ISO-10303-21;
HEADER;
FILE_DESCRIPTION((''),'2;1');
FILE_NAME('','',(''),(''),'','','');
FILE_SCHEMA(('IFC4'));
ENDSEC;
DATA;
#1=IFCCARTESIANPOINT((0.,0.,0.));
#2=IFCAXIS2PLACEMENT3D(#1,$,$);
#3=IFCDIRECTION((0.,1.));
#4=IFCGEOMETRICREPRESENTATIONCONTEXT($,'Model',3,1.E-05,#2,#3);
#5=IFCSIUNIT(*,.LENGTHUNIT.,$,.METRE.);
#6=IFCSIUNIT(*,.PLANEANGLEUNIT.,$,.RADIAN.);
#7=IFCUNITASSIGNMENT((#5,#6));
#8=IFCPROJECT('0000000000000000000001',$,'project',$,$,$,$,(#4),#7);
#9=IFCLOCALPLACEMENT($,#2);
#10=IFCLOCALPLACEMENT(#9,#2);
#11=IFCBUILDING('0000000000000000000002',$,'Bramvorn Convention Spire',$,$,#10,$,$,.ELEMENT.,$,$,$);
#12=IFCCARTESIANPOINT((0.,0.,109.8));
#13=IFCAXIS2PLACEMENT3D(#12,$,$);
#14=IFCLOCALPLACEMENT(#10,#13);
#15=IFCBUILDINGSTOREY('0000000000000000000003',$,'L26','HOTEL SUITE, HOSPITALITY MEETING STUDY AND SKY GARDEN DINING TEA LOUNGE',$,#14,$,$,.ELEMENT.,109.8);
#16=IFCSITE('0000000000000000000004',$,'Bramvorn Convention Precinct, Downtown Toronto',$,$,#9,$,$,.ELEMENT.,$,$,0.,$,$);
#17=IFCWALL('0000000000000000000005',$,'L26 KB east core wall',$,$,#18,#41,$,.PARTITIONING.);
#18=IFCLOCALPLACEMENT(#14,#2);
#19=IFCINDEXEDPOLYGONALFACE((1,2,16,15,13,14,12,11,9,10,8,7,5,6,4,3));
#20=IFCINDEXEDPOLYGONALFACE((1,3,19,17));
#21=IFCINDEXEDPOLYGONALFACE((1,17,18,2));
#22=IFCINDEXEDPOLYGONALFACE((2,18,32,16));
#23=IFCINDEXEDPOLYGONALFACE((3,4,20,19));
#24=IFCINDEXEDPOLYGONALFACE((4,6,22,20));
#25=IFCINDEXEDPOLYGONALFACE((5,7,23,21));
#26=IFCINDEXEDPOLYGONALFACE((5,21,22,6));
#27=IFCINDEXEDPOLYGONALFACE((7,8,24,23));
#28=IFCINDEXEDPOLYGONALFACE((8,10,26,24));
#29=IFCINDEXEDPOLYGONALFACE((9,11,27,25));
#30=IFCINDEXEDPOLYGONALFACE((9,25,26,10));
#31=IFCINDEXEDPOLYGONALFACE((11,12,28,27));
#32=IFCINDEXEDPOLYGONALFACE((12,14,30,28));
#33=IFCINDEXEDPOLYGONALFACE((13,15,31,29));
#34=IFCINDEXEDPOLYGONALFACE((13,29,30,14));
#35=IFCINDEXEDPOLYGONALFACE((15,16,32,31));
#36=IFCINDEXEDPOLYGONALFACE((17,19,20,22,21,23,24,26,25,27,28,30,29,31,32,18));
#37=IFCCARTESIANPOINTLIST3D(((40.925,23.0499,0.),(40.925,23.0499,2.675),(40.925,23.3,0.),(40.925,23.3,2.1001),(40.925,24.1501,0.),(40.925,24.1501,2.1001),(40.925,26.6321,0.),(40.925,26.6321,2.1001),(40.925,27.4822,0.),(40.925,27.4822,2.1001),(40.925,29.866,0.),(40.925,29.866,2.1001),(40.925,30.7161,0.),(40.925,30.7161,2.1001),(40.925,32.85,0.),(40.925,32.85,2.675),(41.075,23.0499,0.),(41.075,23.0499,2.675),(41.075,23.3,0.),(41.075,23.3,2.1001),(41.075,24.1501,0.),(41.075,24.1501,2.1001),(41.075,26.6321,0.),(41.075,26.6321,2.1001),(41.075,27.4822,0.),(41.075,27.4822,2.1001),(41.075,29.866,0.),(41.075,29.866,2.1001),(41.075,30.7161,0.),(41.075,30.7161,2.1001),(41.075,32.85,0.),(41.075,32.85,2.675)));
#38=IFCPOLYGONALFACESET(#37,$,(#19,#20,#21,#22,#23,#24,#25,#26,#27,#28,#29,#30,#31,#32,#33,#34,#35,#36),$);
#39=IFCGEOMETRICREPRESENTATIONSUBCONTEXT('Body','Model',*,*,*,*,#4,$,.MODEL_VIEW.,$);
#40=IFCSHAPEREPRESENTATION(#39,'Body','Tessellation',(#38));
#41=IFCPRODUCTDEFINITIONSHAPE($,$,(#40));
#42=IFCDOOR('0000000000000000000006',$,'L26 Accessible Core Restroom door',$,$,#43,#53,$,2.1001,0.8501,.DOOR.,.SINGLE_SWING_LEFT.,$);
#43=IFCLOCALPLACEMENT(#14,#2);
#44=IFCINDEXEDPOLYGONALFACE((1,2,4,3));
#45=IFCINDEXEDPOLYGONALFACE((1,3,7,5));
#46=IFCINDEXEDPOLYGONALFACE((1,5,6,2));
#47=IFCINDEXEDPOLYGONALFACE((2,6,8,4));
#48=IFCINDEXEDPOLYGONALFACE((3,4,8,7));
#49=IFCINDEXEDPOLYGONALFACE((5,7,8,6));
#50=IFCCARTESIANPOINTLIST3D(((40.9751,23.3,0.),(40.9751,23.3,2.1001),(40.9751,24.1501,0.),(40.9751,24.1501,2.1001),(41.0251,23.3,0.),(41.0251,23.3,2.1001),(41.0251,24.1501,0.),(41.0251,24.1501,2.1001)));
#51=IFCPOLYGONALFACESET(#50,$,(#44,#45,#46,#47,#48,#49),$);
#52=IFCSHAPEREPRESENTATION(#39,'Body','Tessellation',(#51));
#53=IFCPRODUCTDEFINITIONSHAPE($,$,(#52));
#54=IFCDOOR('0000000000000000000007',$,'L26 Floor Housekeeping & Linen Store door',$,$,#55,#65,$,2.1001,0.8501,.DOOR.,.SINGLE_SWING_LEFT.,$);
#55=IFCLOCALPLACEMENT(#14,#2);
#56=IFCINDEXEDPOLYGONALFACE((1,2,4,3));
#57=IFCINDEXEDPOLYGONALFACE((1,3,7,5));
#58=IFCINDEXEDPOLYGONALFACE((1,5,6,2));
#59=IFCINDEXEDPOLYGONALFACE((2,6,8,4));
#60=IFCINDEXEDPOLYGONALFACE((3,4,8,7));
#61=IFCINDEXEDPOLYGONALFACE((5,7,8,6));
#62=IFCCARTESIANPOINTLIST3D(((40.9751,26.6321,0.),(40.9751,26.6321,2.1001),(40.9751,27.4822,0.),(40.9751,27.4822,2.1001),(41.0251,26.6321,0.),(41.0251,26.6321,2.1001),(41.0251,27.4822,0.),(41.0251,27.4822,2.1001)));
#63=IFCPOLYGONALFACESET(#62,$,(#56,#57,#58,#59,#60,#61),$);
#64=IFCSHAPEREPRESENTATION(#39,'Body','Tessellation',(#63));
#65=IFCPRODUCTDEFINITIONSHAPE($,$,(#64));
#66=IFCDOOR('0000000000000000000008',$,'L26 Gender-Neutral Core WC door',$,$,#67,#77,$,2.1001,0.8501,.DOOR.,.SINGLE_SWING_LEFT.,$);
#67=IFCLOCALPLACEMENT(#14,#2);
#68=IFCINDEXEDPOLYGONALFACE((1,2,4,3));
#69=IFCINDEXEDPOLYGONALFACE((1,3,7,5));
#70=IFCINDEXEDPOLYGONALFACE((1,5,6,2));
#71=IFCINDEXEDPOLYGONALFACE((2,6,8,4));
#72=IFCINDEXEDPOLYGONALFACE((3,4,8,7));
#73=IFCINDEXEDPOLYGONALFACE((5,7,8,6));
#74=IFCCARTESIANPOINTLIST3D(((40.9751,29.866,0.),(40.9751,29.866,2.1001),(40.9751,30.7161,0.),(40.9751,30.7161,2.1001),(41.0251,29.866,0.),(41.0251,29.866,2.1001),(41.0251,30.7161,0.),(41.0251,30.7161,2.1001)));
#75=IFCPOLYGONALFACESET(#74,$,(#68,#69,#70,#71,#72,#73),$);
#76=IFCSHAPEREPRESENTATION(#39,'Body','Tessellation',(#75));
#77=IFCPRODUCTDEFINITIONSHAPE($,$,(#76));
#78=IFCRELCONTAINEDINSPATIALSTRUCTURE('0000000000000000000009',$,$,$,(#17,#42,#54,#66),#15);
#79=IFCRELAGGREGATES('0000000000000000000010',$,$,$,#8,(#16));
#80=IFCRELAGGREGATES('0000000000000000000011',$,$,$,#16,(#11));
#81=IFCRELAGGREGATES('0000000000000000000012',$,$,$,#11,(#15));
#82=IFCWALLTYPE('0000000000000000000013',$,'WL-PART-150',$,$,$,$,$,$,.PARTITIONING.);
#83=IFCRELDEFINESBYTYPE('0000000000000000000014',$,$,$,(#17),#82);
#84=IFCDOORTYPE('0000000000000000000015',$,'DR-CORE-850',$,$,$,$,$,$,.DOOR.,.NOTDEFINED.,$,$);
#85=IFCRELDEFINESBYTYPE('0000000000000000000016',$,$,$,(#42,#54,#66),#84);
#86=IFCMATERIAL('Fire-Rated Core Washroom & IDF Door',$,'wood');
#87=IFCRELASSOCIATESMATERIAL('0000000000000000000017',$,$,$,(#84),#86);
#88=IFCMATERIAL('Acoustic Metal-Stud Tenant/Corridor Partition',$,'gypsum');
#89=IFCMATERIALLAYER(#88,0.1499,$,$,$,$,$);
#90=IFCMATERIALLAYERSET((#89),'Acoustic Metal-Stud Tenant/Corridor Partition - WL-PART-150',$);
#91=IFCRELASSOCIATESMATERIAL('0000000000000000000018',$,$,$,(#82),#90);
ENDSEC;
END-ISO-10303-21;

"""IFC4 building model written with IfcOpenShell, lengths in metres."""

from ifc_helpers import new_model, si_unit, direction, frame, frame_2d, origin, place, context, subcontext, project, spatial, rectangle, extrude, material, layer, layer_set, type_object, element, fill, save


model = new_model("IFC4")

# Units and contexts
model_context = context("Model", 3, precision=1e-05, world=origin(), true_north=direction((0.0, 1.0)))
body_context = subcontext(model_context, "Body", "Model", "MODEL_VIEW")
ifc_project = project(units=[si_unit("LENGTHUNIT", "METRE"), si_unit("PLANEANGLEUNIT", "RADIAN")], contexts=[model_context])

# Site, building, storey
site_placement = place(None, origin())
site = spatial("IfcSite", under=ifc_project, at=site_placement, Name="Bramvorn Convention Precinct, Downtown Toronto", CompositionType="ELEMENT", RefElevation=0.0)
building_placement = place(site_placement, origin())
building = spatial("IfcBuilding", under=site, at=building_placement, Name="Bramvorn Convention Spire", CompositionType="ELEMENT")
storey_placement = place(building_placement, frame((0.0, 0.0, 109.8)))
storey = spatial("IfcBuildingStorey", under=building, at=storey_placement, Name="L26", Description="HOTEL SUITE, HOSPITALITY MEETING STUDY AND SKY GARDEN DINING TEA LOUNGE", CompositionType="ELEMENT", Elevation=109.8)

# Shared definitions
ifc_material_1 = material(Name="Fire-Rated Core Washroom & IDF Door", Category="wood")
door_type_1 = type_object("IfcDoorType", Name="DR-CORE-850", OperationType="NOTDEFINED", PredefinedType="DOOR", material=ifc_material_1)

# Wall, openings, doors
ifc_material_2 = material(Name="Acoustic Metal-Stud Tenant/Corridor Partition", Category="gypsum")
ifc_layer_1 = layer(ifc_material_2, 0.1499)
ifc_layer_set_1 = layer_set([ifc_layer_1], Name="Acoustic Metal-Stud Tenant/Corridor Partition - WL-PART-150")
wall_type_1 = type_object("IfcWallType", Name="WL-PART-150", PredefinedType="PARTITIONING", material=ifc_layer_set_1)
wall_1_placement = place(storey_placement, frame((41.0, 23.05, 0.0), z_axis=(0.0, 0.0, 1.0), x_axis=(0.0, 1.0, 0.0)))
wall_1 = element("IfcWall", 1, at=wall_1_placement, inside=storey, type_object=wall_type_1, Name="L26 KB east core wall", PredefinedType="PARTITIONING", context=body_context, shape_type="SweptSolid", body=[
    extrude(rectangle(XDim=9.8, YDim=0.1499, at=frame_2d((4.8999, 0.0))), origin(), (0.0, 0.0, 1.0), 2.675),
])
opening_1_placement = place(wall_1_placement, frame((0.25, 0.0, 0.0)))
opening_1 = element("IfcOpeningElement", 2, at=opening_1_placement, cuts=wall_1, PredefinedType="OPENING", context=body_context, shape_type="SweptSolid", body=[
    extrude(rectangle(XDim=0.8501, YDim=2.1001, at=frame_2d((0.425, 1.05))), frame((0.0, 0.085, 0.0), z_axis=(0.0, -1.0, 0.0), x_axis=(1.0, 0.0, 0.0)), (0.0, 0.0, 1.0), 0.1699),
])
opening_2_placement = place(wall_1_placement, frame((3.582, 0.0, 0.0)))
opening_2 = element("IfcOpeningElement", 3, at=opening_2_placement, cuts=wall_1, PredefinedType="OPENING", context=body_context, shape_type="SweptSolid", body=[
    extrude(rectangle(XDim=0.8501, YDim=2.1001, at=frame_2d((0.425, 1.05))), frame((0.0, 0.085, 0.0), z_axis=(0.0, -1.0, 0.0), x_axis=(1.0, 0.0, 0.0)), (0.0, 0.0, 1.0), 0.1699),
])
opening_3_placement = place(wall_1_placement, frame((6.8159, 0.0, 0.0)))
opening_3 = element("IfcOpeningElement", 4, at=opening_3_placement, cuts=wall_1, PredefinedType="OPENING", context=body_context, shape_type="SweptSolid", body=[
    extrude(rectangle(XDim=0.8501, YDim=2.1001, at=frame_2d((0.425, 1.05))), frame((0.0, 0.085, 0.0), z_axis=(0.0, -1.0, 0.0), x_axis=(1.0, 0.0, 0.0)), (0.0, 0.0, 1.0), 0.1699),
])
door_1_placement = place(opening_1_placement, origin())
door_1 = element("IfcDoor", 5, at=door_1_placement, inside=storey, type_object=door_type_1, Name="L26 Accessible Core Restroom door", OperationType="SINGLE_SWING_LEFT", OverallHeight=2.1001, OverallWidth=0.8501, PredefinedType="DOOR", context=body_context, shape_type="SweptSolid", body=[
    extrude(rectangle(XDim=0.8501, YDim=2.1001, at=frame_2d((0.425, 1.05))), frame((0.0, 0.0249, 0.0), z_axis=(0.0, -1.0, 0.0), x_axis=(1.0, 0.0, 0.0)), (0.0, 0.0, 1.0), 0.05),
])
fill(opening_1, door_1)
door_2_placement = place(opening_2_placement, origin())
door_2 = element("IfcDoor", 6, at=door_2_placement, inside=storey, type_object=door_type_1, Name="L26 Floor Housekeeping & Linen Store door", OperationType="SINGLE_SWING_LEFT", OverallHeight=2.1001, OverallWidth=0.8501, PredefinedType="DOOR", context=body_context, shape_type="SweptSolid", body=[
    extrude(rectangle(XDim=0.8501, YDim=2.1001, at=frame_2d((0.425, 1.05))), frame((0.0, 0.0249, 0.0), z_axis=(0.0, -1.0, 0.0), x_axis=(1.0, 0.0, 0.0)), (0.0, 0.0, 1.0), 0.05),
])
fill(opening_2, door_2)
door_3_placement = place(opening_3_placement, origin())
door_3 = element("IfcDoor", 7, at=door_3_placement, inside=storey, type_object=door_type_1, Name="L26 Gender-Neutral Core WC door", OperationType="SINGLE_SWING_LEFT", OverallHeight=2.1001, OverallWidth=0.8501, PredefinedType="DOOR", context=body_context, shape_type="SweptSolid", body=[
    extrude(rectangle(XDim=0.8501, YDim=2.1001, at=frame_2d((0.425, 1.05))), frame((0.0, 0.0249, 0.0), z_axis=(0.0, -1.0, 0.0), x_axis=(1.0, 0.0, 0.0)), (0.0, 0.0, 1.0), 0.05),
])
fill(opening_3, door_3)

save(model, "model.ifc")
